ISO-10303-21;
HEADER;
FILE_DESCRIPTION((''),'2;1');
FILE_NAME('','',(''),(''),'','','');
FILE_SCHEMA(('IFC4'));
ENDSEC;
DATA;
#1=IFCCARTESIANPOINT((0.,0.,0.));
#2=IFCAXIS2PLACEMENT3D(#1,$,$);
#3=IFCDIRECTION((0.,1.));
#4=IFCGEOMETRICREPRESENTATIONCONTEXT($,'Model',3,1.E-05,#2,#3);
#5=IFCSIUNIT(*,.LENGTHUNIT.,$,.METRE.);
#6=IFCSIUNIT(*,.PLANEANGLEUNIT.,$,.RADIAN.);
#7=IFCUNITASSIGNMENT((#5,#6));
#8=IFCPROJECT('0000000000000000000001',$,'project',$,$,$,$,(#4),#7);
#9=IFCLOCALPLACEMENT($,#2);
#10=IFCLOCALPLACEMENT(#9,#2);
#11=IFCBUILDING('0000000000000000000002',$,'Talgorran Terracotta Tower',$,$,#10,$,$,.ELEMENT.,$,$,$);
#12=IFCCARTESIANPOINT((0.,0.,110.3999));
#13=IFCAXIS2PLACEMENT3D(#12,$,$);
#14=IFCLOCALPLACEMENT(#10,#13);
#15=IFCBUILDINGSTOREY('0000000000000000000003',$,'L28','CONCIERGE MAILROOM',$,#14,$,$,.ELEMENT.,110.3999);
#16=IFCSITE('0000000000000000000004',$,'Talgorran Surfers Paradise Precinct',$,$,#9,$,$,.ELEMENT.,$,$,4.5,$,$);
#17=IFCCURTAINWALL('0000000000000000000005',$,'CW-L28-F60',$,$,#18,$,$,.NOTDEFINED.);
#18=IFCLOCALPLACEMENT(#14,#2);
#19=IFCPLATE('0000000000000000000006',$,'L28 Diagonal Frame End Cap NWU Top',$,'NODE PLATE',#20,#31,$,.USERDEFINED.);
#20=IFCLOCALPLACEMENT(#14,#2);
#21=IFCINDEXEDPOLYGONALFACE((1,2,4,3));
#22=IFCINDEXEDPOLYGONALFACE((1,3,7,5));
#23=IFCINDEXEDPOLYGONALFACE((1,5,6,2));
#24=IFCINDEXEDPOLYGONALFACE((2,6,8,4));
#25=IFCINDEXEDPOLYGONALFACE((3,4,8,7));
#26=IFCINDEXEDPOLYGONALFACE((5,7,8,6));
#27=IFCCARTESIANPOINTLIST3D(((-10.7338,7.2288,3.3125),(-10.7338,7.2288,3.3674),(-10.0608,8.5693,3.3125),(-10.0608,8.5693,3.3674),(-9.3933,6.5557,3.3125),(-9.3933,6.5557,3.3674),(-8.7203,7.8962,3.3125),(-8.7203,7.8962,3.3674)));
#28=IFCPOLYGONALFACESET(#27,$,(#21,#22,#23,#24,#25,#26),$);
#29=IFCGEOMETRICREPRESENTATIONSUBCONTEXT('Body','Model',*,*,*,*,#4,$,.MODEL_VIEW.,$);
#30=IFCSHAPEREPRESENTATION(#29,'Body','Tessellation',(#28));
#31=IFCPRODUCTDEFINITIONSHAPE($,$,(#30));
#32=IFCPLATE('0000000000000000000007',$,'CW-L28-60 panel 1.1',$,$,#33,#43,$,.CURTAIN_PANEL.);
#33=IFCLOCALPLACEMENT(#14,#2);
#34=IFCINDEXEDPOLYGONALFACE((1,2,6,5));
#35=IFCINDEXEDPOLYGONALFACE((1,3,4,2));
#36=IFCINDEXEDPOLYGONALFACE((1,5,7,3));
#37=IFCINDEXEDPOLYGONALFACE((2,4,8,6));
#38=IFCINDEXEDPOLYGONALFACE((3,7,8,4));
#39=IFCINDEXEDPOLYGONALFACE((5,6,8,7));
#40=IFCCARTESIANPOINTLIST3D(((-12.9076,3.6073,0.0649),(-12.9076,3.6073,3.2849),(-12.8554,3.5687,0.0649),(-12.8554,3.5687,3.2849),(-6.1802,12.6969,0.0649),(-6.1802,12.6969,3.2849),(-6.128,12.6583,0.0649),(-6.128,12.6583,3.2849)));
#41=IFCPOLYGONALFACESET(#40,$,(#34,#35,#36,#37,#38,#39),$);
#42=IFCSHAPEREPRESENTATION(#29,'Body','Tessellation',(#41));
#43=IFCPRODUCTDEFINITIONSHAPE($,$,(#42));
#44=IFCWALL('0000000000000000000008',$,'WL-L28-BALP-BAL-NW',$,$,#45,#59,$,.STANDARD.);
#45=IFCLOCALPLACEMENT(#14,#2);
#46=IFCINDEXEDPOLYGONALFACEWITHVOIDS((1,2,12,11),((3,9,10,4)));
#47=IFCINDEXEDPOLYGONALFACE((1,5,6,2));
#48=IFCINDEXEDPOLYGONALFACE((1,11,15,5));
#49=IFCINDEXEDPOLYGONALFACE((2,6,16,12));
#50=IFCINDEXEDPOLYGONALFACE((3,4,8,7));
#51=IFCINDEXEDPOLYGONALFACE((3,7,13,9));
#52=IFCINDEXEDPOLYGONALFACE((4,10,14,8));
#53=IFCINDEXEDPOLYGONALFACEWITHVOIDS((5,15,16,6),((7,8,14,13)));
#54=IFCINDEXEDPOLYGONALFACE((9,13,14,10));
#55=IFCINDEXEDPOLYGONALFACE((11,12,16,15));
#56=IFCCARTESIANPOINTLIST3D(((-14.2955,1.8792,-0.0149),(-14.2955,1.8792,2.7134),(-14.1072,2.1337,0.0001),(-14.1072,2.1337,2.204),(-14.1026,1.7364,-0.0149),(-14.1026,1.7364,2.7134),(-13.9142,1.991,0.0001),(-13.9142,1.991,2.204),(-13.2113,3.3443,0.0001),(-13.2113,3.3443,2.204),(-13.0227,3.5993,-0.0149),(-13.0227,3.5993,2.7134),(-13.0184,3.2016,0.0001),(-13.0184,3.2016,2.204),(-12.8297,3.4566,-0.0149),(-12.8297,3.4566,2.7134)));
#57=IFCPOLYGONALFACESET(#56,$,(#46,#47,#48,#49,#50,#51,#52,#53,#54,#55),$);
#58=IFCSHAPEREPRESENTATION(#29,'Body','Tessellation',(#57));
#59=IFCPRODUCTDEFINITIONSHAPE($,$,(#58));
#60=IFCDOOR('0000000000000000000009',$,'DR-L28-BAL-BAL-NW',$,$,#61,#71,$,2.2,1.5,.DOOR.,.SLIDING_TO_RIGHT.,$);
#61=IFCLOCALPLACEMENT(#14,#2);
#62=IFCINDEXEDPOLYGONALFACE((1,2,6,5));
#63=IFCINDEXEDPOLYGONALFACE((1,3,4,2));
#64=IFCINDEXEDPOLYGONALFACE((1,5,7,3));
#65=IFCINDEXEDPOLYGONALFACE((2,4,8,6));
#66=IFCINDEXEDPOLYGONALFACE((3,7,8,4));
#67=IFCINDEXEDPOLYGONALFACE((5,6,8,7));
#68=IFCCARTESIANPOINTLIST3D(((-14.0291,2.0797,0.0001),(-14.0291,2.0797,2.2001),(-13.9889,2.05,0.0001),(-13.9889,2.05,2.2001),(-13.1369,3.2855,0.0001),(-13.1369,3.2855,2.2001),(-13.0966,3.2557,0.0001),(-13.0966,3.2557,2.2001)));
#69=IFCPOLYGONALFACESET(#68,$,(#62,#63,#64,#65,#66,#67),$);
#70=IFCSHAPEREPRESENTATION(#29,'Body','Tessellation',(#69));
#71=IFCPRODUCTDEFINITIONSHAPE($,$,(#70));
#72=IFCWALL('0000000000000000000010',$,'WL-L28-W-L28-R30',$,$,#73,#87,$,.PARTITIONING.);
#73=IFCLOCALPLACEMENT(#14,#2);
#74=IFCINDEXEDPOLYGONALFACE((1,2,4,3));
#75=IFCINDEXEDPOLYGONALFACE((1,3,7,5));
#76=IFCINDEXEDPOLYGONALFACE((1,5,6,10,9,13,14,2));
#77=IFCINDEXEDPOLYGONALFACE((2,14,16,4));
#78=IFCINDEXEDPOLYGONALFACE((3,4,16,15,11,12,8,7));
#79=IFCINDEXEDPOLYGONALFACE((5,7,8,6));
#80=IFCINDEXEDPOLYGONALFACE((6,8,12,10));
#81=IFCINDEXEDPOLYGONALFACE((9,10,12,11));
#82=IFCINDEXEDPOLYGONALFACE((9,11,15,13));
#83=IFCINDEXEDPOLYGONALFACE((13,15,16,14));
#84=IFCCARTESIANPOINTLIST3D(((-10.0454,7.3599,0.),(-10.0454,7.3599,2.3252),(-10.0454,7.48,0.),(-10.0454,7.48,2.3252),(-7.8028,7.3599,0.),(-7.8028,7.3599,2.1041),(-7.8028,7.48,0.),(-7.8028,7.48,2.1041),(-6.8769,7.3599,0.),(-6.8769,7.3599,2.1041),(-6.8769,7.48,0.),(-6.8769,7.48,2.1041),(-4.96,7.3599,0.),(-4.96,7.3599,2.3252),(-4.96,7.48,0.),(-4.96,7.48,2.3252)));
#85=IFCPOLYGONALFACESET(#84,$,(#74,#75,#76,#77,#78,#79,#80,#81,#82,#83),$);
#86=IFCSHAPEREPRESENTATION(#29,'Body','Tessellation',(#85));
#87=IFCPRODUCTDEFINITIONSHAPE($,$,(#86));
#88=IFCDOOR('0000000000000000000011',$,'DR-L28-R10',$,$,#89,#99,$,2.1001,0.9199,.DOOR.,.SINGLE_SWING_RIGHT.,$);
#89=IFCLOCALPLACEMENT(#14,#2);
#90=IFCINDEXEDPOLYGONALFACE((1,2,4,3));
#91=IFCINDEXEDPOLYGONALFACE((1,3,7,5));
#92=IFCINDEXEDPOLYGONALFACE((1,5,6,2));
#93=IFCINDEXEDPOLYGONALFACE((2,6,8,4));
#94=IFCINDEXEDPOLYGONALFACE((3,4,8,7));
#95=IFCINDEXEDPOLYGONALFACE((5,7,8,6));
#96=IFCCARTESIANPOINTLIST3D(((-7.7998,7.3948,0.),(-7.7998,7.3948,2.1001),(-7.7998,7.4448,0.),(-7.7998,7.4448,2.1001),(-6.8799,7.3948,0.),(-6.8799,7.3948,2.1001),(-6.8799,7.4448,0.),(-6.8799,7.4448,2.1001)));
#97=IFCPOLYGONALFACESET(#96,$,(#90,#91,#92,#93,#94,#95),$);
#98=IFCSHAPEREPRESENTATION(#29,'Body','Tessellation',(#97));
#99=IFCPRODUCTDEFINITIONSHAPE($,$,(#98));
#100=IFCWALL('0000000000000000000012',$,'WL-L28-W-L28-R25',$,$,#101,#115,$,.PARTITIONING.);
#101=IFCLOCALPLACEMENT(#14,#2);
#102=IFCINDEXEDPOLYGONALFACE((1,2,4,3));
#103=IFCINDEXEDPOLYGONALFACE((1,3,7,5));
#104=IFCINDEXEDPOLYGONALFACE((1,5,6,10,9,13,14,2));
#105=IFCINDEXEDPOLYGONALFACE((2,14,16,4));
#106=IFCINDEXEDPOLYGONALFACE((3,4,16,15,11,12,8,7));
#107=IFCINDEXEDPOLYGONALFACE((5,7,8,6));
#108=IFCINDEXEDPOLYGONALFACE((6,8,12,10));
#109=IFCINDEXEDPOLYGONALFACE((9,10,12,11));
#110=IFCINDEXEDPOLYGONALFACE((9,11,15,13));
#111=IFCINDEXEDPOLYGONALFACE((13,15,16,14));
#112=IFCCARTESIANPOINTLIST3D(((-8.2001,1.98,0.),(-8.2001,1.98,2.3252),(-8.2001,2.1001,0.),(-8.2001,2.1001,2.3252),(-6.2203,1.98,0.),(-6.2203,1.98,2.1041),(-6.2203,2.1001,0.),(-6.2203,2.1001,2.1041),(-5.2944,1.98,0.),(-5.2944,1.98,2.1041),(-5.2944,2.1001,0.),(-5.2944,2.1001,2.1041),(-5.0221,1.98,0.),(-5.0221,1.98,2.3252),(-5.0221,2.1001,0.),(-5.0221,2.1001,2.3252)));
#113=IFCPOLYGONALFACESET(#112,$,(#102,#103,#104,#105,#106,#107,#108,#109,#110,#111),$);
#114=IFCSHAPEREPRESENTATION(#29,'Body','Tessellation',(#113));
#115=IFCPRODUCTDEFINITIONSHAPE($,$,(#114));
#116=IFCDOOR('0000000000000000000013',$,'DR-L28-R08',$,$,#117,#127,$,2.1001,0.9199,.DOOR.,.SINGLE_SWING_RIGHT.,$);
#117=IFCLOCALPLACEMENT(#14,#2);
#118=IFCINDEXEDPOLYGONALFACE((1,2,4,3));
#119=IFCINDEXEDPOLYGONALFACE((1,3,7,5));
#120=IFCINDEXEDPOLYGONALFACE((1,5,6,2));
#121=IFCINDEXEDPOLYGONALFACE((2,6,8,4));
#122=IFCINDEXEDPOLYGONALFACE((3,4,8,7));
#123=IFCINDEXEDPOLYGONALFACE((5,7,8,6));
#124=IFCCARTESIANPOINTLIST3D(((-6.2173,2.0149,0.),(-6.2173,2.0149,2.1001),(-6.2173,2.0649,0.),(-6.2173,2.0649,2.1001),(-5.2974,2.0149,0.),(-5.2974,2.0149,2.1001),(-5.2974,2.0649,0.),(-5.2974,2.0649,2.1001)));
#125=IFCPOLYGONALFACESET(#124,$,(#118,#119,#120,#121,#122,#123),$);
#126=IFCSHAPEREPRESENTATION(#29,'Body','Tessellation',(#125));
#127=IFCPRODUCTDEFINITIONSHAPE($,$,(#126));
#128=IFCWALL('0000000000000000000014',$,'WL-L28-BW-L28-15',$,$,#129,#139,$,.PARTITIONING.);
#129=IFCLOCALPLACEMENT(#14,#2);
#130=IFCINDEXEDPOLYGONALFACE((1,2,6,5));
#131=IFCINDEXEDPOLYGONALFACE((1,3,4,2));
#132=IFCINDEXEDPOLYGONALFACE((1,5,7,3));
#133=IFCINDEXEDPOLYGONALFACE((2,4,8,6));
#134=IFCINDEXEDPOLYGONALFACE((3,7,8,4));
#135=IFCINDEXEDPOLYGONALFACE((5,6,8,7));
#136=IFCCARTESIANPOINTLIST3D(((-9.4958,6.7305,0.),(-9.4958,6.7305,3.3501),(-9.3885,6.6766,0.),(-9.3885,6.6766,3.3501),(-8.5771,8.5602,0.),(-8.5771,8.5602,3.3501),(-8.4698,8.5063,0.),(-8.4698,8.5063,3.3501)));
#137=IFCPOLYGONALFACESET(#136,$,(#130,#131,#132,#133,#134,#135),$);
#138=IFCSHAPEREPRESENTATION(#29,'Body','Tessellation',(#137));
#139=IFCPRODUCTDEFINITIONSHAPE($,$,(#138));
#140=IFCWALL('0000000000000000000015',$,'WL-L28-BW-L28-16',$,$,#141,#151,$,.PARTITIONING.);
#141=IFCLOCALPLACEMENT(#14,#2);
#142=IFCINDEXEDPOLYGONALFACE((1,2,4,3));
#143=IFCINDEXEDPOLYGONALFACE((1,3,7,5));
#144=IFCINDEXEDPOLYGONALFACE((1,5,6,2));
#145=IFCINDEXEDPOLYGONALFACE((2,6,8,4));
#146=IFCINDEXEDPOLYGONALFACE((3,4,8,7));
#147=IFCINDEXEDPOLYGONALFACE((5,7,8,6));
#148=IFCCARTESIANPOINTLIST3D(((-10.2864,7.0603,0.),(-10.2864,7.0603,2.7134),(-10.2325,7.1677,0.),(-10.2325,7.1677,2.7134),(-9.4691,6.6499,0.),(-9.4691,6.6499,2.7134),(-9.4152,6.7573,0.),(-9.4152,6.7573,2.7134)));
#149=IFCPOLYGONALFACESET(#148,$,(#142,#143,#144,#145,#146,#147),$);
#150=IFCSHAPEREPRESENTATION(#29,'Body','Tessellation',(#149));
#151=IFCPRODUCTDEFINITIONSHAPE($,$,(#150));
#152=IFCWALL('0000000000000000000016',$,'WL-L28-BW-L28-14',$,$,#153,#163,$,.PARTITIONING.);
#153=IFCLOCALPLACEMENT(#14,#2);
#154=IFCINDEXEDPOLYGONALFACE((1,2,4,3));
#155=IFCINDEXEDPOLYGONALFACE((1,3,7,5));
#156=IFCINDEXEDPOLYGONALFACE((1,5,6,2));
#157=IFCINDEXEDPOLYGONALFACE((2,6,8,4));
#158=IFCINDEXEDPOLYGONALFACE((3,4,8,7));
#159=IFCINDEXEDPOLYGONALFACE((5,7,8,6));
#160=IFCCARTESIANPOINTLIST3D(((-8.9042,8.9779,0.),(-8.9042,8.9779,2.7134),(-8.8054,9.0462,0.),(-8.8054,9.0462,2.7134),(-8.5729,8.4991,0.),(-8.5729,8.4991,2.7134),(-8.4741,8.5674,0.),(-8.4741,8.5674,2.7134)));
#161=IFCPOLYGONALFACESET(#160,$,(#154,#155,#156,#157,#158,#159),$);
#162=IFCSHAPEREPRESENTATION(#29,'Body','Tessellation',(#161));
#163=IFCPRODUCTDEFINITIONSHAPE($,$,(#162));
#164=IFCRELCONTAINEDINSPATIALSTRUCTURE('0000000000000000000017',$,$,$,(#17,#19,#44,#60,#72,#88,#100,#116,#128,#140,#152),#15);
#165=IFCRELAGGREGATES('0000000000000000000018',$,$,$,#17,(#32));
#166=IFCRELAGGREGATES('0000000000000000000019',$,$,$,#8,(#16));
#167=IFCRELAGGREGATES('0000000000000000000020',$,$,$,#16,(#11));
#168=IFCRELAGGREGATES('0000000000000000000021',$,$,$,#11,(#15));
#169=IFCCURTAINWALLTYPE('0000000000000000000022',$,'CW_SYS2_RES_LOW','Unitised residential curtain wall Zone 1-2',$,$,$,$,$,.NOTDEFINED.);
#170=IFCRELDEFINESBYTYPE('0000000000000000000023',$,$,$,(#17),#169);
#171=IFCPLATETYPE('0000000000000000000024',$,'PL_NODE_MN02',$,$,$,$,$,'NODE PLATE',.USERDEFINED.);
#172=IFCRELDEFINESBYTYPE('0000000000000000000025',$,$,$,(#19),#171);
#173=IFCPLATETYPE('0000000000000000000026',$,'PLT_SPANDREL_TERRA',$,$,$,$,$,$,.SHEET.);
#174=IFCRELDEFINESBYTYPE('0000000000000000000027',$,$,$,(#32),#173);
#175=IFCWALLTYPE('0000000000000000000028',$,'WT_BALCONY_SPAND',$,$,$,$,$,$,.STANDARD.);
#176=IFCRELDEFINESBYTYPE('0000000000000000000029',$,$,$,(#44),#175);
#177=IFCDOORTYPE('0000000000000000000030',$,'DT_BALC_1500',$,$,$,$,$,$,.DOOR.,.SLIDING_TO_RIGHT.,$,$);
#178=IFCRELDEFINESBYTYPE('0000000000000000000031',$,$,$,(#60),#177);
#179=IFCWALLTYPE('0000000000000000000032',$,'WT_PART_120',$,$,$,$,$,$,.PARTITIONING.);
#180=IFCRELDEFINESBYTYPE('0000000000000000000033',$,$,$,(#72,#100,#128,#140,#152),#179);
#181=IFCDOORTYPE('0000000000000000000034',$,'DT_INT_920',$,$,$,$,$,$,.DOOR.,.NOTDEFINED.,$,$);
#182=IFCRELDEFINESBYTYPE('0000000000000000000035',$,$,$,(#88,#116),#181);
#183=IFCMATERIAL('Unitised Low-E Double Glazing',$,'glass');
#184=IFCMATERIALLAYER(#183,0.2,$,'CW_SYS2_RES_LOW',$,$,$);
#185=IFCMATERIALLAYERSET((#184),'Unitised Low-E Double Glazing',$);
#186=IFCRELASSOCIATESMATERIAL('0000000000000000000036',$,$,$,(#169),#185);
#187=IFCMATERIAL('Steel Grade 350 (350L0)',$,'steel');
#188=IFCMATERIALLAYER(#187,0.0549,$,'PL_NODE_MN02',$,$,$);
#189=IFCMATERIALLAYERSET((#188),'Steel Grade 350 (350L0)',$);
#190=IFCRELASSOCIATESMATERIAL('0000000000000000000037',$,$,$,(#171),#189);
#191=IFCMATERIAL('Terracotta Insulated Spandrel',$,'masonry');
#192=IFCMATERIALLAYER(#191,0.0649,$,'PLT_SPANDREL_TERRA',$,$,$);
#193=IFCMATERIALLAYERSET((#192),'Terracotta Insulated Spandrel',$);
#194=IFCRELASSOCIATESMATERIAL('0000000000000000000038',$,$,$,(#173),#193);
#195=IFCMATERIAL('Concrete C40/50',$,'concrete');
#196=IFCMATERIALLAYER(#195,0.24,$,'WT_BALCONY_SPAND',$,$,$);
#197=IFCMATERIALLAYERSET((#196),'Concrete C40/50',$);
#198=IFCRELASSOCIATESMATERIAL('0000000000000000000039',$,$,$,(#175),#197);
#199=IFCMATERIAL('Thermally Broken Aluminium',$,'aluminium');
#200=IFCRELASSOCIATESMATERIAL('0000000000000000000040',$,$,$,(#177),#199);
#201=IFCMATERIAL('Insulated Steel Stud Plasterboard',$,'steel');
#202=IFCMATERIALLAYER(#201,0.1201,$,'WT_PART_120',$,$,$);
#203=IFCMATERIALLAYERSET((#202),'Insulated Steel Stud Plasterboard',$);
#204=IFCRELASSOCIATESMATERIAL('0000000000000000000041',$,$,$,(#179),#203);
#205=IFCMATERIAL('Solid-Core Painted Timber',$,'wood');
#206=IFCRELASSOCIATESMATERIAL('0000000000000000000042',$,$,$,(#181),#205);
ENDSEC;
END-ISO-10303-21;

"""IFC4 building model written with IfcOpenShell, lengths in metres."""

from ifc_helpers import new_model, si_unit, direction, frame, frame_2d, origin, origin_2d, place, context, subcontext, project, spatial, rectangle, extrude, source, transform, mapped, material, layer, layer_set, type_object, type_shapes, element, fill, aggregate, save


model = new_model("IFC4")

# Units and contexts
model_context = context("Model", 3, precision=1e-05, world=origin(), true_north=direction((0.0, 1.0)))
body_context = subcontext(model_context, "Body", "Model", "MODEL_VIEW")
ifc_project = project(units=[si_unit("LENGTHUNIT", "METRE"), si_unit("PLANEANGLEUNIT", "RADIAN")], contexts=[model_context])

# Site, building, storey
site_placement = place(None, origin())
site = spatial("IfcSite", under=ifc_project, at=site_placement, Name="Talgorran Surfers Paradise Precinct", CompositionType="ELEMENT", RefElevation=4.5)
building_placement = place(site_placement, origin())
building = spatial("IfcBuilding", under=site, at=building_placement, Name="Talgorran Terracotta Tower", CompositionType="ELEMENT")
storey_placement = place(building_placement, frame((0.0, 0.0, 110.3999)))
storey = spatial("IfcBuildingStorey", under=building, at=storey_placement, Name="L28", Description="CONCIERGE MAILROOM", CompositionType="ELEMENT", Elevation=110.3999)

# Shared definitions
ifc_material_1 = material(Name="Steel Grade 350 (350L0)", Category="steel")

# Curtain wall
ifc_material_2 = material(Name="Unitised Low-E Double Glazing", Category="glass")
ifc_layer_1 = layer(ifc_material_2, 0.2, Name="CW_SYS2_RES_LOW")
ifc_layer_set_1 = layer_set([ifc_layer_1], Name="Unitised Low-E Double Glazing")
curtain_wall_type = type_object("IfcCurtainWallType", Name="CW_SYS2_RES_LOW", Description="Unitised residential curtain wall Zone 1-2", PredefinedType="NOTDEFINED", material=ifc_layer_set_1)
curtain_wall_1_placement = place(storey_placement, origin())
curtain_wall_1 = element("IfcCurtainWall", 1, at=curtain_wall_1_placement, inside=storey, type_object=curtain_wall_type, Name="CW-L28-F60", PredefinedType="NOTDEFINED")

# Plate
ifc_layer_2 = layer(ifc_material_1, 0.0549, Name="PL_NODE_MN02")
ifc_layer_set_2 = layer_set([ifc_layer_2], Name="Steel Grade 350 (350L0)")
plate_type_1 = type_object("IfcPlateType", Name="PL_NODE_MN02", ElementType="NODE PLATE", PredefinedType="USERDEFINED", material=ifc_layer_set_2)
plate_1_placement = place(storey_placement, frame((-9.7271, 7.5625, 3.3125), z_axis=(0.0, 0.0, 1.0), x_axis=(-0.448695, -0.893685, 0.0)))
element("IfcPlate", 2, at=plate_1_placement, inside=storey, type_object=plate_type_1, Name="L28 Diagonal Frame End Cap NWU Top", ObjectType="NODE PLATE", PredefinedType="USERDEFINED", context=body_context, shape_type="SweptSolid", body=[
    extrude(rectangle(XDim=1.5, YDim=1.5, at=origin_2d()), origin(), (0.0, 0.0, 1.0), 0.0549),
])

# Plate
ifc_material_3 = material(Name="Terracotta Insulated Spandrel", Category="masonry")
ifc_layer_3 = layer(ifc_material_3, 0.0649, Name="PLT_SPANDREL_TERRA")
ifc_layer_set_3 = layer_set([ifc_layer_3], Name="Terracotta Insulated Spandrel")
plate_type_2 = type_object("IfcPlateType", Name="PLT_SPANDREL_TERRA", PredefinedType="SHEET", material=ifc_layer_set_3)
shared_shape = source(origin(), body_context, "Body", "SweptSolid", [
    extrude(rectangle(XDim=11.3083, YDim=0.0649, at=origin_2d()), origin(), (0.0, 0.0, 1.0), 3.22),
])
type_shapes(plate_type_2, [shared_shape])
plate_2_placement = place(storey_placement, frame((-9.5178, 8.1328, 0.0649), z_axis=(0.0, 0.0, 1.0), x_axis=(-0.594905, -0.803796, 0.0)))
plate_2 = element("IfcPlate", 3, at=plate_2_placement, type_object=plate_type_2, Name="CW-L28-60 panel 1.1", PredefinedType="CURTAIN_PANEL", context=body_context, shape_type="MappedRepresentation", body=[
    mapped(shared_shape, transform((0.0, 0.0, 0.0), scale=1.0)),
])
aggregate(curtain_wall_1, [plate_2])

# Walls, openings, doors
ifc_material_4 = material(Name="Concrete C40/50", Category="concrete")
ifc_layer_4 = layer(ifc_material_4, 0.24, Name="WT_BALCONY_SPAND")
ifc_layer_set_4 = layer_set([ifc_layer_4], Name="Concrete C40/50")
wall_type_1 = type_object("IfcWallType", Name="WT_BALCONY_SPAND", PredefinedType="STANDARD", material=ifc_layer_set_4)
wall_1_placement = place(storey_placement, frame((-12.9263, 3.5278, -0.0149), z_axis=(0.0, 0.0, 1.0), x_axis=(-0.59484, -0.803844, 0.0)))
wall_1 = element("IfcWall", 4, at=wall_1_placement, inside=storey, type_object=wall_type_1, Name="WL-L28-BALP-BAL-NW", PredefinedType="STANDARD", context=body_context, shape_type="SweptSolid", body=[
    extrude(rectangle(XDim=2.1399, YDim=0.24, at=frame_2d((1.0698, 0.0))), origin(), (0.0, 0.0, 1.0), 2.7283),
])
opening_1_placement = place(wall_1_placement, frame((0.3201, 0.0, 0.0149)))
opening_1 = element("IfcOpeningElement", 5, at=opening_1_placement, cuts=wall_1, PredefinedType="OPENING", context=body_context, shape_type="SweptSolid", body=[
    extrude(rectangle(XDim=1.506, YDim=2.204, at=frame_2d((0.75, 1.1021))), frame((0.0, 0.1299, 0.0), z_axis=(0.0, -1.0, 0.0), x_axis=(1.0, 0.0, 0.0)), (0.0, 0.0, 1.0), 0.26),
])
ifc_material_5 = material(Name="Thermally Broken Aluminium", Category="aluminium")
door_type_1 = type_object("IfcDoorType", Name="DT_BALC_1500", OperationType="SLIDING_TO_RIGHT", PredefinedType="DOOR", material=ifc_material_5)
door_1_placement = place(opening_1_placement, origin())
door_1 = element("IfcDoor", 6, at=door_1_placement, inside=storey, type_object=door_type_1, Name="DR-L28-BAL-BAL-NW", OperationType="SLIDING_TO_RIGHT", OverallHeight=2.2, OverallWidth=1.5, PredefinedType="DOOR", context=body_context, shape_type="SweptSolid", body=[
    extrude(rectangle(XDim=1.5, YDim=2.2, at=frame_2d((0.75, 1.1001))), frame((0.0, 0.0249, 0.0), z_axis=(0.0, -1.0, 0.0), x_axis=(1.0, 0.0, 0.0)), (0.0, 0.0, 1.0), 0.05),
])
fill(opening_1, door_1)
ifc_material_6 = material(Name="Insulated Steel Stud Plasterboard", Category="steel")
ifc_layer_5 = layer(ifc_material_6, 0.1201, Name="WT_PART_120")
ifc_layer_set_5 = layer_set([ifc_layer_5], Name="Insulated Steel Stud Plasterboard")
wall_type_2 = type_object("IfcWallType", Name="WT_PART_120", PredefinedType="PARTITIONING", material=ifc_layer_set_5)
wall_2_placement = place(storey_placement, frame((-10.0454, 7.4199, 0.0), z_axis=(0.0, 0.0, 1.0), x_axis=(1.0, 0.0, 0.0)))
wall_2 = element("IfcWall", 7, at=wall_2_placement, inside=storey, type_object=wall_type_2, Name="WL-L28-W-L28-R30", PredefinedType="PARTITIONING", context=body_context, shape_type="SweptSolid", body=[
    extrude(rectangle(XDim=5.0854, YDim=0.1201, at=frame_2d((2.5427, 0.0))), origin(), (0.0, 0.0, 1.0), 2.3252),
])
opening_2_placement = place(wall_2_placement, frame((2.2456, 0.0, 0.0)))
opening_2 = element("IfcOpeningElement", 8, at=opening_2_placement, cuts=wall_2, PredefinedType="OPENING", context=body_context, shape_type="SweptSolid", body=[
    extrude(rectangle(XDim=0.9259, YDim=2.1041, at=frame_2d((0.46, 1.052))), frame((0.0, 0.0701, 0.0), z_axis=(0.0, -1.0, 0.0), x_axis=(1.0, 0.0, 0.0)), (0.0, 0.0, 1.0), 0.1401),
])
ifc_material_7 = material(Name="Solid-Core Painted Timber", Category="wood")
door_type_2 = type_object("IfcDoorType", Name="DT_INT_920", OperationType="NOTDEFINED", PredefinedType="DOOR", material=ifc_material_7)
door_2_placement = place(opening_2_placement, origin())
door_2 = element("IfcDoor", 9, at=door_2_placement, inside=storey, type_object=door_type_2, Name="DR-L28-R10", OperationType="SINGLE_SWING_RIGHT", OverallHeight=2.1001, OverallWidth=0.9199, PredefinedType="DOOR", context=body_context, shape_type="SweptSolid", body=[
    extrude(rectangle(XDim=0.9199, YDim=2.1001, at=frame_2d((0.46, 1.05))), frame((0.0, 0.0249, 0.0), z_axis=(0.0, -1.0, 0.0), x_axis=(1.0, 0.0, 0.0)), (0.0, 0.0, 1.0), 0.05),
])
fill(opening_2, door_2)
wall_3_placement = place(storey_placement, frame((-8.2, 2.04, 0.0), z_axis=(0.0, 0.0, 1.0), x_axis=(1.0, 0.0, 0.0)))
wall_3 = element("IfcWall", 10, at=wall_3_placement, inside=storey, type_object=wall_type_2, Name="WL-L28-W-L28-R25", PredefinedType="PARTITIONING", context=body_context, shape_type="SweptSolid", body=[
    extrude(rectangle(XDim=3.178, YDim=0.1201, at=frame_2d((1.5889, 0.0))), origin(), (0.0, 0.0, 1.0), 2.3252),
])
opening_3_placement = place(wall_3_placement, frame((1.9827, 0.0, 0.0)))
opening_3 = element("IfcOpeningElement", 11, at=opening_3_placement, cuts=wall_3, PredefinedType="OPENING", context=body_context, shape_type="SweptSolid", body=[
    extrude(rectangle(XDim=0.9259, YDim=2.1041, at=frame_2d((0.46, 1.052))), frame((0.0, 0.0701, 0.0), z_axis=(0.0, -1.0, 0.0), x_axis=(1.0, 0.0, 0.0)), (0.0, 0.0, 1.0), 0.1401),
])
door_3_placement = place(opening_3_placement, origin())
door_3 = element("IfcDoor", 12, at=door_3_placement, inside=storey, type_object=door_type_2, Name="DR-L28-R08", OperationType="SINGLE_SWING_RIGHT", OverallHeight=2.1001, OverallWidth=0.9199, PredefinedType="DOOR", context=body_context, shape_type="SweptSolid", body=[
    extrude(rectangle(XDim=0.9199, YDim=2.1001, at=frame_2d((0.46, 1.05))), frame((0.0, 0.0249, 0.0), z_axis=(0.0, -1.0, 0.0), x_axis=(1.0, 0.0, 0.0)), (0.0, 0.0, 1.0), 0.05),
])
fill(opening_3, door_3)

# Walls
wall_4_placement = place(storey_placement, frame((-8.5234, 8.5332, 0.0), z_axis=(0.0, 0.0, 1.0), x_axis=(-0.448739, -0.893663, 0.0)))
element("IfcWall", 13, at=wall_4_placement, inside=storey, type_object=wall_type_2, Name="WL-L28-BW-L28-15", PredefinedType="PARTITIONING", context=body_context, shape_type="SweptSolid", body=[
    extrude(rectangle(XDim=2.0474, YDim=0.1201, at=frame_2d((1.0237, 0.0))), origin(), (0.0, 0.0, 1.0), 3.3501),
])
wall_5_placement = place(storey_placement, frame((-9.4421, 6.7036, 0.0), z_axis=(0.0, 0.0, 1.0), x_axis=(-0.893679, 0.448708, 0.0)))
element("IfcWall", 14, at=wall_5_placement, inside=storey, type_object=wall_type_2, Name="WL-L28-BW-L28-16", PredefinedType="PARTITIONING", context=body_context, shape_type="SweptSolid", body=[
    extrude(rectangle(XDim=0.9146, YDim=0.1201, at=frame_2d((0.4573, 0.0))), origin(), (0.0, 0.0, 1.0), 2.7134),
])
wall_6_placement = place(storey_placement, frame((-8.8547, 9.012, 0.0), z_axis=(0.0, 0.0, 1.0), x_axis=(0.569036, -0.822313, 0.0)))
element("IfcWall", 15, at=wall_6_placement, inside=storey, type_object=wall_type_2, Name="WL-L28-BW-L28-14", PredefinedType="PARTITIONING", context=body_context, shape_type="SweptSolid", body=[
    extrude(rectangle(XDim=0.5823, YDim=0.1201, at=frame_2d((0.291, 0.0))), origin(), (0.0, 0.0, 1.0), 2.7134),
])

save(model, "model.ifc")
